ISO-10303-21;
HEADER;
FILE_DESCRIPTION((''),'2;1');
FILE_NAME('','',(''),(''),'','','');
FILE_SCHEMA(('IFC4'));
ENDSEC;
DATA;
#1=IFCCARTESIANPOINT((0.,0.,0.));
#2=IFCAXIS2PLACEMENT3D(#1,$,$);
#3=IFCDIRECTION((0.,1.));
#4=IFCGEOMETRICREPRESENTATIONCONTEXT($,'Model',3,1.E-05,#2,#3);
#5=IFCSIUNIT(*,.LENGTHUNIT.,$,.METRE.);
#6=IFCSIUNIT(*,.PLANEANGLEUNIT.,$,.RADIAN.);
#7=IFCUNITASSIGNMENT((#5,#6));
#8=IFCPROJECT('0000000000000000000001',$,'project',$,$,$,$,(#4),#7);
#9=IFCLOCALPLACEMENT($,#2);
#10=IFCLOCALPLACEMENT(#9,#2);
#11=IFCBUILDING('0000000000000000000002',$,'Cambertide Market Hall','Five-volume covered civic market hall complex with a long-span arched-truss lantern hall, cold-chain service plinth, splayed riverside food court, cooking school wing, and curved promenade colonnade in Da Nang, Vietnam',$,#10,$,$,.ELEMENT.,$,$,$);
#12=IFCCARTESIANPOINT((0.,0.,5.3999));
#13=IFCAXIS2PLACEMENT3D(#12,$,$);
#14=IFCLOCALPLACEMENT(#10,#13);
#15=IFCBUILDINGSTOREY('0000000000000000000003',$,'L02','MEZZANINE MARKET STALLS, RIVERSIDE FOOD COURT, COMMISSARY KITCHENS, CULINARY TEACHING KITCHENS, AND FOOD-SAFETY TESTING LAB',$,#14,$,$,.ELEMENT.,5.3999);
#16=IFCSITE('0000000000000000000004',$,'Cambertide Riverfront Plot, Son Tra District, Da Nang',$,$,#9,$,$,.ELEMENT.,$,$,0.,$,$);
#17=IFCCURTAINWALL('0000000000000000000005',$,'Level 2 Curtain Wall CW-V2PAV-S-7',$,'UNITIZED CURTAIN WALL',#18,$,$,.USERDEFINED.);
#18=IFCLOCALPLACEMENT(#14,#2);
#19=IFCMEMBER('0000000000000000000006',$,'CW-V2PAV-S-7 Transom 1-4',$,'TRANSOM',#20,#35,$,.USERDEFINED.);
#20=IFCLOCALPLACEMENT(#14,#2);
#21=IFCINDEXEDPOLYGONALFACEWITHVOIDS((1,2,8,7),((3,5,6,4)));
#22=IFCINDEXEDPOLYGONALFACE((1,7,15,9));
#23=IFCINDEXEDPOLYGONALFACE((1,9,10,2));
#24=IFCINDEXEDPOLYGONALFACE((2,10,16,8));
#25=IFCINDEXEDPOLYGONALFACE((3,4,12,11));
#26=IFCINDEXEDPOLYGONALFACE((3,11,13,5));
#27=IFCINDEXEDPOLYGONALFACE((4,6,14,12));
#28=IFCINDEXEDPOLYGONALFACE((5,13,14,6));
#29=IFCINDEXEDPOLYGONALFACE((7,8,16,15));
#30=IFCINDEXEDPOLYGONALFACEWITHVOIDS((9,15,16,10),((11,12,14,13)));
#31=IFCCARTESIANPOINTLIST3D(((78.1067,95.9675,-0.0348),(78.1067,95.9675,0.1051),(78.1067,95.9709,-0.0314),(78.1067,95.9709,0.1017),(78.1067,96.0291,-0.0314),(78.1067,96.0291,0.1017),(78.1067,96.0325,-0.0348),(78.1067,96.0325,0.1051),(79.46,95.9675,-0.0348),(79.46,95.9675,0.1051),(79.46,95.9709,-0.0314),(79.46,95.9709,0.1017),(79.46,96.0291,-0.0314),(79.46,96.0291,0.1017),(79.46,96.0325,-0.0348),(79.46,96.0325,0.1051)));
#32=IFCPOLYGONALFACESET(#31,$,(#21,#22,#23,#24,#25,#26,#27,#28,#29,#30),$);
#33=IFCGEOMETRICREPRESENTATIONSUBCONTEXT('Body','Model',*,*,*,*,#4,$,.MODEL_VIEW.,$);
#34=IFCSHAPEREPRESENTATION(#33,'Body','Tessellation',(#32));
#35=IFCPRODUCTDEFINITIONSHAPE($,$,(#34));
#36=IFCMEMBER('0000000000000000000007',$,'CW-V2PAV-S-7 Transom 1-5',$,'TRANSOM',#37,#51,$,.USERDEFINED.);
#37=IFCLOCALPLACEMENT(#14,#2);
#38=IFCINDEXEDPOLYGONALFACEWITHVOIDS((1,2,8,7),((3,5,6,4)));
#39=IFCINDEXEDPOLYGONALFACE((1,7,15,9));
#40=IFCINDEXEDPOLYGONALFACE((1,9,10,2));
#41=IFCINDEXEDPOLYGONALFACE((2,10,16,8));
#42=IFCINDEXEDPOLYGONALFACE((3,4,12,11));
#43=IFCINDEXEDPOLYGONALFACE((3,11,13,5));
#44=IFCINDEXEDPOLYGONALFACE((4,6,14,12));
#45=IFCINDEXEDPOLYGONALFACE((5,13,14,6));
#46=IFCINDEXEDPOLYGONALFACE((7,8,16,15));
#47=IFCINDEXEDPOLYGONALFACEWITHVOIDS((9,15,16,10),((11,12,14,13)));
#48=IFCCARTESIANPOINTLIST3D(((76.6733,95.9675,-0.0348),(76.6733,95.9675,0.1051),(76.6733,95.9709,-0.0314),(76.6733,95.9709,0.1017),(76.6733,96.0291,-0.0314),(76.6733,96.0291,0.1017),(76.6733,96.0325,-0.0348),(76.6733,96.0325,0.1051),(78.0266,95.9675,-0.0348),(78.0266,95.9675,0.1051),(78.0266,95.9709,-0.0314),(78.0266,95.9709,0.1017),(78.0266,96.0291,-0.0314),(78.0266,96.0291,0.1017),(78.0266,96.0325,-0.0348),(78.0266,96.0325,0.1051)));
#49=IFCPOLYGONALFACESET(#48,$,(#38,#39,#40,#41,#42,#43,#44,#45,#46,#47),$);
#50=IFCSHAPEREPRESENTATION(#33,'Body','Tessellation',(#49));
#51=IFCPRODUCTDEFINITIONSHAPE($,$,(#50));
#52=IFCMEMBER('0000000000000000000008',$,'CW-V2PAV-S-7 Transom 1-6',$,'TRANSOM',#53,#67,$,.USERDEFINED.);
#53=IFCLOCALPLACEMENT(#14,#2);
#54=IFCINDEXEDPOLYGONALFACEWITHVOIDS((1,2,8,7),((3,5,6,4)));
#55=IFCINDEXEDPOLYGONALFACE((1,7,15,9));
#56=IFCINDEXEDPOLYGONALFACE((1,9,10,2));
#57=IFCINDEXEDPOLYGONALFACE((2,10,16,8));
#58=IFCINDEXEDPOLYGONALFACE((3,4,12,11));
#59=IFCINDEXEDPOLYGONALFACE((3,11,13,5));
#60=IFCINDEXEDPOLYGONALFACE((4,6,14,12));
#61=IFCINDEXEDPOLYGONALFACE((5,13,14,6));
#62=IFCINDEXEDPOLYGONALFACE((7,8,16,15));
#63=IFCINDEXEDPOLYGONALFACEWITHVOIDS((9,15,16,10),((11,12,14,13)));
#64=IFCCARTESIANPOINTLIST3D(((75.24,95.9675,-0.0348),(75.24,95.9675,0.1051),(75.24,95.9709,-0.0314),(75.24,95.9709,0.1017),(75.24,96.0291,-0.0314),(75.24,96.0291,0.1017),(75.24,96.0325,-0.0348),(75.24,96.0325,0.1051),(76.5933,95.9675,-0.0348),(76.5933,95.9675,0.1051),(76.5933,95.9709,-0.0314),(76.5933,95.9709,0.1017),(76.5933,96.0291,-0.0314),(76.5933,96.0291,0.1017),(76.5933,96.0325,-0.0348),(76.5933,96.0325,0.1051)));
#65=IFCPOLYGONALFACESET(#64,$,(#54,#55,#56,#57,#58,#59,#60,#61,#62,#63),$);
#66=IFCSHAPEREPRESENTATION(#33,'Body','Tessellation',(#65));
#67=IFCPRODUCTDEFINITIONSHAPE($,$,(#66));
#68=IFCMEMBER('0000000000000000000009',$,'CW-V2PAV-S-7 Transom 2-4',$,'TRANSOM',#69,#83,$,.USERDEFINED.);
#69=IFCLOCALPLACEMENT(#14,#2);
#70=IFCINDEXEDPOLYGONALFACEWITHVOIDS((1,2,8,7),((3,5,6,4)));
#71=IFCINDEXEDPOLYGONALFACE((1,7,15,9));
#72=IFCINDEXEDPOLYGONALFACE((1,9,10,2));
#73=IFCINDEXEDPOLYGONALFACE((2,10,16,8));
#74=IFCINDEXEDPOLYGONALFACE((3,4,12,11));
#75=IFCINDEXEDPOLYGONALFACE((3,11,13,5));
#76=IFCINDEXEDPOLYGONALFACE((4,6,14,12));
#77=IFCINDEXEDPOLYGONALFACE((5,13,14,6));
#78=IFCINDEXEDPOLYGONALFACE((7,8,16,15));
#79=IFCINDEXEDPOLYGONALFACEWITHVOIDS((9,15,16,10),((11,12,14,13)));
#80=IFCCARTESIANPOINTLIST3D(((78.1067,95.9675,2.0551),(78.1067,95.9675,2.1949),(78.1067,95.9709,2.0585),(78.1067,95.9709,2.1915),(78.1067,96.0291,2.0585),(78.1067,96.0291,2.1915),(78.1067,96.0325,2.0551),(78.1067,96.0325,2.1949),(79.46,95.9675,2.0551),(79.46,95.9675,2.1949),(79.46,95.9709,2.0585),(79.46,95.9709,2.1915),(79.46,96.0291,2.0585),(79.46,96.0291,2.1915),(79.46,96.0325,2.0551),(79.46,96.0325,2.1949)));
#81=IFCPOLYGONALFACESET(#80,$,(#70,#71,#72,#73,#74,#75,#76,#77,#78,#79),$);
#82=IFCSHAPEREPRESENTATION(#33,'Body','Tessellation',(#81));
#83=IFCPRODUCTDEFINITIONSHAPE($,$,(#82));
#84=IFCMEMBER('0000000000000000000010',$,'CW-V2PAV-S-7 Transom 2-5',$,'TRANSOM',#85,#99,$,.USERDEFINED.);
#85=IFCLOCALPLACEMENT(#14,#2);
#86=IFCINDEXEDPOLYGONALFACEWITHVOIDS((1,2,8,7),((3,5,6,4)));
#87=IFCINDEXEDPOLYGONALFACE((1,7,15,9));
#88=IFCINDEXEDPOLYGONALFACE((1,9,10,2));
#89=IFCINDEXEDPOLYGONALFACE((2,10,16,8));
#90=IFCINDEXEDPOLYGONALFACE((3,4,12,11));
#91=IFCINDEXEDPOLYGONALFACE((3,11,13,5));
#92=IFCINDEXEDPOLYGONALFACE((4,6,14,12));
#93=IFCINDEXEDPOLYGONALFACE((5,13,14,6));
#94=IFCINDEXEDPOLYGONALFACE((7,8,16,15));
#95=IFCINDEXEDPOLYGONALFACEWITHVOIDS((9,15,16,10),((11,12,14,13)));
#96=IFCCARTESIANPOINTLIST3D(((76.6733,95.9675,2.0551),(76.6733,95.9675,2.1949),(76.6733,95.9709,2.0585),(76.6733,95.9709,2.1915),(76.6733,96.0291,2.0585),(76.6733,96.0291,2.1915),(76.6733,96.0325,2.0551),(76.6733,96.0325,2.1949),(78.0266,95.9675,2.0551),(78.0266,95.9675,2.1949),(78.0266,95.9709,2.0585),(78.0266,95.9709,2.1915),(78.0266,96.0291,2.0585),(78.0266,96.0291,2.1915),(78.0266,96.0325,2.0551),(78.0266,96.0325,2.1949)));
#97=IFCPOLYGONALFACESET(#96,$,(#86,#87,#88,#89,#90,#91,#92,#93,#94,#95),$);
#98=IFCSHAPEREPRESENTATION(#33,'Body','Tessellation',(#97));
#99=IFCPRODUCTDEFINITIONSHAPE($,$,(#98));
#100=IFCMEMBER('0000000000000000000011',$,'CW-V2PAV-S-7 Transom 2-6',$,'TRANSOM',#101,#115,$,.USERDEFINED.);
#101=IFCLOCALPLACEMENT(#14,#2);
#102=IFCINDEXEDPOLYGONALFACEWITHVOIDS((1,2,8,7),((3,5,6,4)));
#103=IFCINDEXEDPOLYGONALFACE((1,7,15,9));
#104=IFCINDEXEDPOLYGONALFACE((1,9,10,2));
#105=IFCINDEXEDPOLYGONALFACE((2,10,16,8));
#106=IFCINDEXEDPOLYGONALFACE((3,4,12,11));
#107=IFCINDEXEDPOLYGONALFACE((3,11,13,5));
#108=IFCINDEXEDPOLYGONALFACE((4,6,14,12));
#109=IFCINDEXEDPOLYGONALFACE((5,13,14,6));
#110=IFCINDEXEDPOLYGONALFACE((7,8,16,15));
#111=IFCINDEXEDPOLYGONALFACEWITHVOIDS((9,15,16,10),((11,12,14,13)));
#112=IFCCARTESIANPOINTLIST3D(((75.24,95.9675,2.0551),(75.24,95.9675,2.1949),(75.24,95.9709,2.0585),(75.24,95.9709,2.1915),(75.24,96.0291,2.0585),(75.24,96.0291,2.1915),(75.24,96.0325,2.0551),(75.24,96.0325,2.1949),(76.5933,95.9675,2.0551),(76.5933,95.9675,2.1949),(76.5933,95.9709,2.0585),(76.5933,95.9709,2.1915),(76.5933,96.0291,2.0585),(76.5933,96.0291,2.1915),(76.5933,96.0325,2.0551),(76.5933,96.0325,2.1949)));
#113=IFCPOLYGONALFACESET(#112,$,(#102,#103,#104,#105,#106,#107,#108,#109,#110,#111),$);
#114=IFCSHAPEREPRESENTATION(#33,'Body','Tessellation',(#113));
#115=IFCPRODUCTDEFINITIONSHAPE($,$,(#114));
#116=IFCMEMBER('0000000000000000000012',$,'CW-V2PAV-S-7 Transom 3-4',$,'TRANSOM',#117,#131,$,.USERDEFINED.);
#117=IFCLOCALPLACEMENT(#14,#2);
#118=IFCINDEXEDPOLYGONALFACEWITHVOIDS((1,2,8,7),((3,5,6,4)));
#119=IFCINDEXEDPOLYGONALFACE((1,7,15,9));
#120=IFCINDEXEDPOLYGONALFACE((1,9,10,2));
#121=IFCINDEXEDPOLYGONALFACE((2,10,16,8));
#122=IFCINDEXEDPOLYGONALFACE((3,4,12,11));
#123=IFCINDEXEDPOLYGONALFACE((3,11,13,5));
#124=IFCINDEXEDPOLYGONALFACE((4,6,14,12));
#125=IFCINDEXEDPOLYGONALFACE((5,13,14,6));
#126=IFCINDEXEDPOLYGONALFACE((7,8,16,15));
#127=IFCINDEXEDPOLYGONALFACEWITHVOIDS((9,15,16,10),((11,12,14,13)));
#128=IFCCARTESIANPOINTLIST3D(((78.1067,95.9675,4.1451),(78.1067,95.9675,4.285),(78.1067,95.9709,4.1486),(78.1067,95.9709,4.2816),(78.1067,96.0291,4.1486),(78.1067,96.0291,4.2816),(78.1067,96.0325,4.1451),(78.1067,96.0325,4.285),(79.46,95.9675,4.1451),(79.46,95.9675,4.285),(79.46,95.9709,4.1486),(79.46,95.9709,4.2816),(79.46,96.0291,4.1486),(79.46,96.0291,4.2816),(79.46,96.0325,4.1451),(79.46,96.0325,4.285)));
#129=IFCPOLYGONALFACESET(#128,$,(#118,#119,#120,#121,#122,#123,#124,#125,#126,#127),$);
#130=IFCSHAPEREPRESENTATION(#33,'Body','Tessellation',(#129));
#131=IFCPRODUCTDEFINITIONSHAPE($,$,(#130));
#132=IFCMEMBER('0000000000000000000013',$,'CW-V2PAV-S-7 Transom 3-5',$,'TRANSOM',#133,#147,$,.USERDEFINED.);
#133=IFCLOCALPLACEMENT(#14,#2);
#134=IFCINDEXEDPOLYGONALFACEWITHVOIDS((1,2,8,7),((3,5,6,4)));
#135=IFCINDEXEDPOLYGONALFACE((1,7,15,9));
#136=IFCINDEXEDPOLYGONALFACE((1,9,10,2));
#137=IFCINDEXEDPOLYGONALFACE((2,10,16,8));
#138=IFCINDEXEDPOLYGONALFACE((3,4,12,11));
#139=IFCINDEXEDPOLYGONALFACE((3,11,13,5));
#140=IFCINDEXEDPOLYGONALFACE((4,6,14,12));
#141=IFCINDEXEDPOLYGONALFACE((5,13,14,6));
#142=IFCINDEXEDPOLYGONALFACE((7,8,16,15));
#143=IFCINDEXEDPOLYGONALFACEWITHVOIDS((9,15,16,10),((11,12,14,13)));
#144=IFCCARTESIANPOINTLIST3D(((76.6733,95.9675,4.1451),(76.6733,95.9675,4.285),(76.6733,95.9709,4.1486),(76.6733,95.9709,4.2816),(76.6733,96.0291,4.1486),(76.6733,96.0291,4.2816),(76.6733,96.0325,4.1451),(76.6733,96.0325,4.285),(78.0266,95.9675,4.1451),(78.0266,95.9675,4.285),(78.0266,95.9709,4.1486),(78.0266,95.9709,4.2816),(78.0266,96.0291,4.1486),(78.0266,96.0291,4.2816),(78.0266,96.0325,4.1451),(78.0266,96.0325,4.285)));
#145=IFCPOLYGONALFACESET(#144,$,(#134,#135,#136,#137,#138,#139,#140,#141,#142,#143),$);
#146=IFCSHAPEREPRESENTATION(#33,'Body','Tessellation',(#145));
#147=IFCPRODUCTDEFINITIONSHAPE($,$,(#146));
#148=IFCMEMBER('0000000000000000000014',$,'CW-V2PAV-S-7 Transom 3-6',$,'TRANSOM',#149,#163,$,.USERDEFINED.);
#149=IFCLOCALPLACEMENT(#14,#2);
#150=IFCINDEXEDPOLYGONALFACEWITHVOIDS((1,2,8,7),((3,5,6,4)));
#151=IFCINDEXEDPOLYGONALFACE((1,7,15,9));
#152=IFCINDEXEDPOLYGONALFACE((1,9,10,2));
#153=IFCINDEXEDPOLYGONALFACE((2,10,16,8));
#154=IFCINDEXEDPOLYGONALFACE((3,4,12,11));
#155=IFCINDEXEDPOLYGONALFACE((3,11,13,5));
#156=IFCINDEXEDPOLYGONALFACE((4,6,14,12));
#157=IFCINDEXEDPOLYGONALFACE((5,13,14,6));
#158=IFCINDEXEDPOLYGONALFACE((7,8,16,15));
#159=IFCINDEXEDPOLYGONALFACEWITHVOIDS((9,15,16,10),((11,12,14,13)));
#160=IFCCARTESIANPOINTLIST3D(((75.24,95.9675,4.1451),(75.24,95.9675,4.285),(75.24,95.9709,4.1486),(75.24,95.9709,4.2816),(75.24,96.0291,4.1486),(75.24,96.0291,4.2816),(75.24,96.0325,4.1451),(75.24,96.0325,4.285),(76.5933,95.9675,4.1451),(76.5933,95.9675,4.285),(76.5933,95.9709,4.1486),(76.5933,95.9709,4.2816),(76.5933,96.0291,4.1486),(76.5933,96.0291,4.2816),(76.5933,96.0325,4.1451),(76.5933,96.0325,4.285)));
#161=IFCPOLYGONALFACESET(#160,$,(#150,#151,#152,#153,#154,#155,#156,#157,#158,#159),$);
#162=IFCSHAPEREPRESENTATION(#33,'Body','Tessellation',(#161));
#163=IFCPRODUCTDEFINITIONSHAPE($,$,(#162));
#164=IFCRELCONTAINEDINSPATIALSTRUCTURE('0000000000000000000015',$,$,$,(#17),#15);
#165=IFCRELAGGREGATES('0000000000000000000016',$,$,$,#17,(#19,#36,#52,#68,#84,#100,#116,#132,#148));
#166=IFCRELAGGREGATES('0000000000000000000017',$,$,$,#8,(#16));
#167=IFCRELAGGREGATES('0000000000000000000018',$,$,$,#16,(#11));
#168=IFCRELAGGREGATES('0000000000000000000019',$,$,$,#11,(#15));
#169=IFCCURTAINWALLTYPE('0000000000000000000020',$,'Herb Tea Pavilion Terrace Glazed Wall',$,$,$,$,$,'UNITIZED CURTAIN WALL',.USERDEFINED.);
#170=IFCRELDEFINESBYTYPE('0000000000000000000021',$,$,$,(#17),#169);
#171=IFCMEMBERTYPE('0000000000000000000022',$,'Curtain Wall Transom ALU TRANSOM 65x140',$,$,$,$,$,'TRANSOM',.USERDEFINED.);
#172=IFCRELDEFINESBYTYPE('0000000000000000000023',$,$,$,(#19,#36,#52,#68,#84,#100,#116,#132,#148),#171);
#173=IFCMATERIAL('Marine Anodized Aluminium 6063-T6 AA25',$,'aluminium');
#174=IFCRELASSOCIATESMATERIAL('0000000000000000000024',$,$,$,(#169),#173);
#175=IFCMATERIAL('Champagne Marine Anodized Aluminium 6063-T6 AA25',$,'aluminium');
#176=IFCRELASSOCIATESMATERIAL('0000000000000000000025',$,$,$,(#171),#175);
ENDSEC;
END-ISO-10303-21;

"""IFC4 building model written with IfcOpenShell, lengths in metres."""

from ifc_helpers import new_model, si_unit, direction, frame, origin, origin_2d, place, context, subcontext, project, spatial, hollow_rectangle, extrude, material, material_profile, profile_set, type_object, element, aggregate, save


model = new_model("IFC4")

# Units and contexts
model_context = context("Model", 3, precision=1e-05, world=origin(), true_north=direction((0.0, 1.0)))
body_context = subcontext(model_context, "Body", "Model", "MODEL_VIEW")
ifc_project = project(units=[si_unit("LENGTHUNIT", "METRE"), si_unit("PLANEANGLEUNIT", "RADIAN")], contexts=[model_context])

# Site, building, storey
site_placement = place(None, origin())
site = spatial("IfcSite", under=ifc_project, at=site_placement, Name="Cambertide Riverfront Plot, Son Tra District, Da Nang", CompositionType="ELEMENT", RefElevation=0.0)
building_placement = place(site_placement, origin())
building = spatial("IfcBuilding", under=site, at=building_placement, Name="Cambertide Market Hall", Description="Five-volume covered civic market hall complex with a long-span arched-truss lantern hall, cold-chain service plinth, splayed riverside food court, cooking school wing, and curved promenade colonnade in Da Nang, Vietnam", CompositionType="ELEMENT")
storey_placement = place(building_placement, frame((0.0, 0.0, 5.3999)))
storey = spatial("IfcBuildingStorey", under=building, at=storey_placement, Name="L02", Description="MEZZANINE MARKET STALLS, RIVERSIDE FOOD COURT, COMMISSARY KITCHENS, CULINARY TEACHING KITCHENS, AND FOOD-SAFETY TESTING LAB", CompositionType="ELEMENT", Elevation=5.3999)

# Shared definitions
ifc_material_1 = material(Name="Marine Anodized Aluminium 6063-T6 AA25", Category="aluminium")
curtain_wall_type = type_object("IfcCurtainWallType", Name="Herb Tea Pavilion Terrace Glazed Wall", ElementType="UNITIZED CURTAIN WALL", PredefinedType="USERDEFINED", material=ifc_material_1)

# Curtain wall
curtain_wall_1_placement = place(storey_placement, origin())
curtain_wall_1 = element("IfcCurtainWall", 1, at=curtain_wall_1_placement, inside=storey, type_object=curtain_wall_type, Name="Level 2 Curtain Wall CW-V2PAV-S-7", ObjectType="UNITIZED CURTAIN WALL", PredefinedType="USERDEFINED")

# Members
ifc_material_2 = material(Name="Champagne Marine Anodized Aluminium 6063-T6 AA25", Category="aluminium")
ifc_material_profile_1 = material_profile(ifc_material_2, hollow_rectangle(XDim=0.0649, YDim=0.1399, WallThickness=0.0034, at=origin_2d()), Name="ALU TRANSOM 65x140")
ifc_profile_set_1 = profile_set([ifc_material_profile_1], Name="Champagne Marine Anodized Aluminium 6063-T6 AA25")
member_type_1 = type_object("IfcMemberType", Name="Curtain Wall Transom ALU TRANSOM 65x140", ElementType="TRANSOM", PredefinedType="USERDEFINED", material=ifc_profile_set_1)
member_1_placement = place(storey_placement, frame((79.46, 96.0, 0.0352), z_axis=(-1.0, 0.0, 0.0), x_axis=(0.0, -1.0, 0.0)))
member_1 = element("IfcMember", 2, at=member_1_placement, type_object=member_type_1, Name="CW-V2PAV-S-7 Transom 1-4", ObjectType="TRANSOM", PredefinedType="USERDEFINED", context=body_context, shape_type="SweptSolid", body=[
    extrude(hollow_rectangle(XDim=0.0649, YDim=0.1399, WallThickness=0.0034, at=origin_2d()), origin(), (0.0, 0.0, 1.0), 1.3533),
])
member_2_placement = place(storey_placement, frame((78.0266, 96.0, 0.0352), z_axis=(-1.0, 0.0, 0.0), x_axis=(0.0, -1.0, 0.0)))
member_2 = element("IfcMember", 3, at=member_2_placement, type_object=member_type_1, Name="CW-V2PAV-S-7 Transom 1-5", ObjectType="TRANSOM", PredefinedType="USERDEFINED", context=body_context, shape_type="SweptSolid", body=[
    extrude(hollow_rectangle(XDim=0.0649, YDim=0.1399, WallThickness=0.0034, at=origin_2d()), origin(), (0.0, 0.0, 1.0), 1.3533),
])
member_3_placement = place(storey_placement, frame((76.5933, 96.0, 0.0352), z_axis=(-1.0, 0.0, 0.0), x_axis=(0.0, -1.0, 0.0)))
member_3 = element("IfcMember", 4, at=member_3_placement, type_object=member_type_1, Name="CW-V2PAV-S-7 Transom 1-6", ObjectType="TRANSOM", PredefinedType="USERDEFINED", context=body_context, shape_type="SweptSolid", body=[
    extrude(hollow_rectangle(XDim=0.0649, YDim=0.1399, WallThickness=0.0034, at=origin_2d()), origin(), (0.0, 0.0, 1.0), 1.3533),
])
member_4_placement = place(storey_placement, frame((79.46, 96.0, 2.125), z_axis=(-1.0, 0.0, 0.0), x_axis=(0.0, -1.0, 0.0)))
member_4 = element("IfcMember", 5, at=member_4_placement, type_object=member_type_1, Name="CW-V2PAV-S-7 Transom 2-4", ObjectType="TRANSOM", PredefinedType="USERDEFINED", context=body_context, shape_type="SweptSolid", body=[
    extrude(hollow_rectangle(XDim=0.0649, YDim=0.1399, WallThickness=0.0034, at=origin_2d()), origin(), (0.0, 0.0, 1.0), 1.3533),
])
member_5_placement = place(storey_placement, frame((78.0266, 96.0, 2.125), z_axis=(-1.0, 0.0, 0.0), x_axis=(0.0, -1.0, 0.0)))
member_5 = element("IfcMember", 6, at=member_5_placement, type_object=member_type_1, Name="CW-V2PAV-S-7 Transom 2-5", ObjectType="TRANSOM", PredefinedType="USERDEFINED", context=body_context, shape_type="SweptSolid", body=[
    extrude(hollow_rectangle(XDim=0.0649, YDim=0.1399, WallThickness=0.0034, at=origin_2d()), origin(), (0.0, 0.0, 1.0), 1.3533),
])
member_6_placement = place(storey_placement, frame((76.5933, 96.0, 2.125), z_axis=(-1.0, 0.0, 0.0), x_axis=(0.0, -1.0, 0.0)))
member_6 = element("IfcMember", 7, at=member_6_placement, type_object=member_type_1, Name="CW-V2PAV-S-7 Transom 2-6", ObjectType="TRANSOM", PredefinedType="USERDEFINED", context=body_context, shape_type="SweptSolid", body=[
    extrude(hollow_rectangle(XDim=0.0649, YDim=0.1399, WallThickness=0.0034, at=origin_2d()), origin(), (0.0, 0.0, 1.0), 1.3533),
])
member_7_placement = place(storey_placement, frame((79.46, 96.0, 4.2151), z_axis=(-1.0, 0.0, 0.0), x_axis=(0.0, -1.0, 0.0)))
member_7 = element("IfcMember", 8, at=member_7_placement, type_object=member_type_1, Name="CW-V2PAV-S-7 Transom 3-4", ObjectType="TRANSOM", PredefinedType="USERDEFINED", context=body_context, shape_type="SweptSolid", body=[
    extrude(hollow_rectangle(XDim=0.0649, YDim=0.1399, WallThickness=0.0034, at=origin_2d()), origin(), (0.0, 0.0, 1.0), 1.3533),
])
member_8_placement = place(storey_placement, frame((78.0266, 96.0, 4.2151), z_axis=(-1.0, 0.0, 0.0), x_axis=(0.0, -1.0, 0.0)))
member_8 = element("IfcMember", 9, at=member_8_placement, type_object=member_type_1, Name="CW-V2PAV-S-7 Transom 3-5", ObjectType="TRANSOM", PredefinedType="USERDEFINED", context=body_context, shape_type="SweptSolid", body=[
    extrude(hollow_rectangle(XDim=0.0649, YDim=0.1399, WallThickness=0.0034, at=origin_2d()), origin(), (0.0, 0.0, 1.0), 1.3533),
])
member_9_placement = place(storey_placement, frame((76.5933, 96.0, 4.2151), z_axis=(-1.0, 0.0, 0.0), x_axis=(0.0, -1.0, 0.0)))
member_9 = element("IfcMember", 10, at=member_9_placement, type_object=member_type_1, Name="CW-V2PAV-S-7 Transom 3-6", ObjectType="TRANSOM", PredefinedType="USERDEFINED", context=body_context, shape_type="SweptSolid", body=[
    extrude(hollow_rectangle(XDim=0.0649, YDim=0.1399, WallThickness=0.0034, at=origin_2d()), origin(), (0.0, 0.0, 1.0), 1.3533),
])

aggregate(curtain_wall_1, [member_1, member_2, member_3, member_4, member_5, member_6, member_7, member_8, member_9])

save(model, "model.ifc")
